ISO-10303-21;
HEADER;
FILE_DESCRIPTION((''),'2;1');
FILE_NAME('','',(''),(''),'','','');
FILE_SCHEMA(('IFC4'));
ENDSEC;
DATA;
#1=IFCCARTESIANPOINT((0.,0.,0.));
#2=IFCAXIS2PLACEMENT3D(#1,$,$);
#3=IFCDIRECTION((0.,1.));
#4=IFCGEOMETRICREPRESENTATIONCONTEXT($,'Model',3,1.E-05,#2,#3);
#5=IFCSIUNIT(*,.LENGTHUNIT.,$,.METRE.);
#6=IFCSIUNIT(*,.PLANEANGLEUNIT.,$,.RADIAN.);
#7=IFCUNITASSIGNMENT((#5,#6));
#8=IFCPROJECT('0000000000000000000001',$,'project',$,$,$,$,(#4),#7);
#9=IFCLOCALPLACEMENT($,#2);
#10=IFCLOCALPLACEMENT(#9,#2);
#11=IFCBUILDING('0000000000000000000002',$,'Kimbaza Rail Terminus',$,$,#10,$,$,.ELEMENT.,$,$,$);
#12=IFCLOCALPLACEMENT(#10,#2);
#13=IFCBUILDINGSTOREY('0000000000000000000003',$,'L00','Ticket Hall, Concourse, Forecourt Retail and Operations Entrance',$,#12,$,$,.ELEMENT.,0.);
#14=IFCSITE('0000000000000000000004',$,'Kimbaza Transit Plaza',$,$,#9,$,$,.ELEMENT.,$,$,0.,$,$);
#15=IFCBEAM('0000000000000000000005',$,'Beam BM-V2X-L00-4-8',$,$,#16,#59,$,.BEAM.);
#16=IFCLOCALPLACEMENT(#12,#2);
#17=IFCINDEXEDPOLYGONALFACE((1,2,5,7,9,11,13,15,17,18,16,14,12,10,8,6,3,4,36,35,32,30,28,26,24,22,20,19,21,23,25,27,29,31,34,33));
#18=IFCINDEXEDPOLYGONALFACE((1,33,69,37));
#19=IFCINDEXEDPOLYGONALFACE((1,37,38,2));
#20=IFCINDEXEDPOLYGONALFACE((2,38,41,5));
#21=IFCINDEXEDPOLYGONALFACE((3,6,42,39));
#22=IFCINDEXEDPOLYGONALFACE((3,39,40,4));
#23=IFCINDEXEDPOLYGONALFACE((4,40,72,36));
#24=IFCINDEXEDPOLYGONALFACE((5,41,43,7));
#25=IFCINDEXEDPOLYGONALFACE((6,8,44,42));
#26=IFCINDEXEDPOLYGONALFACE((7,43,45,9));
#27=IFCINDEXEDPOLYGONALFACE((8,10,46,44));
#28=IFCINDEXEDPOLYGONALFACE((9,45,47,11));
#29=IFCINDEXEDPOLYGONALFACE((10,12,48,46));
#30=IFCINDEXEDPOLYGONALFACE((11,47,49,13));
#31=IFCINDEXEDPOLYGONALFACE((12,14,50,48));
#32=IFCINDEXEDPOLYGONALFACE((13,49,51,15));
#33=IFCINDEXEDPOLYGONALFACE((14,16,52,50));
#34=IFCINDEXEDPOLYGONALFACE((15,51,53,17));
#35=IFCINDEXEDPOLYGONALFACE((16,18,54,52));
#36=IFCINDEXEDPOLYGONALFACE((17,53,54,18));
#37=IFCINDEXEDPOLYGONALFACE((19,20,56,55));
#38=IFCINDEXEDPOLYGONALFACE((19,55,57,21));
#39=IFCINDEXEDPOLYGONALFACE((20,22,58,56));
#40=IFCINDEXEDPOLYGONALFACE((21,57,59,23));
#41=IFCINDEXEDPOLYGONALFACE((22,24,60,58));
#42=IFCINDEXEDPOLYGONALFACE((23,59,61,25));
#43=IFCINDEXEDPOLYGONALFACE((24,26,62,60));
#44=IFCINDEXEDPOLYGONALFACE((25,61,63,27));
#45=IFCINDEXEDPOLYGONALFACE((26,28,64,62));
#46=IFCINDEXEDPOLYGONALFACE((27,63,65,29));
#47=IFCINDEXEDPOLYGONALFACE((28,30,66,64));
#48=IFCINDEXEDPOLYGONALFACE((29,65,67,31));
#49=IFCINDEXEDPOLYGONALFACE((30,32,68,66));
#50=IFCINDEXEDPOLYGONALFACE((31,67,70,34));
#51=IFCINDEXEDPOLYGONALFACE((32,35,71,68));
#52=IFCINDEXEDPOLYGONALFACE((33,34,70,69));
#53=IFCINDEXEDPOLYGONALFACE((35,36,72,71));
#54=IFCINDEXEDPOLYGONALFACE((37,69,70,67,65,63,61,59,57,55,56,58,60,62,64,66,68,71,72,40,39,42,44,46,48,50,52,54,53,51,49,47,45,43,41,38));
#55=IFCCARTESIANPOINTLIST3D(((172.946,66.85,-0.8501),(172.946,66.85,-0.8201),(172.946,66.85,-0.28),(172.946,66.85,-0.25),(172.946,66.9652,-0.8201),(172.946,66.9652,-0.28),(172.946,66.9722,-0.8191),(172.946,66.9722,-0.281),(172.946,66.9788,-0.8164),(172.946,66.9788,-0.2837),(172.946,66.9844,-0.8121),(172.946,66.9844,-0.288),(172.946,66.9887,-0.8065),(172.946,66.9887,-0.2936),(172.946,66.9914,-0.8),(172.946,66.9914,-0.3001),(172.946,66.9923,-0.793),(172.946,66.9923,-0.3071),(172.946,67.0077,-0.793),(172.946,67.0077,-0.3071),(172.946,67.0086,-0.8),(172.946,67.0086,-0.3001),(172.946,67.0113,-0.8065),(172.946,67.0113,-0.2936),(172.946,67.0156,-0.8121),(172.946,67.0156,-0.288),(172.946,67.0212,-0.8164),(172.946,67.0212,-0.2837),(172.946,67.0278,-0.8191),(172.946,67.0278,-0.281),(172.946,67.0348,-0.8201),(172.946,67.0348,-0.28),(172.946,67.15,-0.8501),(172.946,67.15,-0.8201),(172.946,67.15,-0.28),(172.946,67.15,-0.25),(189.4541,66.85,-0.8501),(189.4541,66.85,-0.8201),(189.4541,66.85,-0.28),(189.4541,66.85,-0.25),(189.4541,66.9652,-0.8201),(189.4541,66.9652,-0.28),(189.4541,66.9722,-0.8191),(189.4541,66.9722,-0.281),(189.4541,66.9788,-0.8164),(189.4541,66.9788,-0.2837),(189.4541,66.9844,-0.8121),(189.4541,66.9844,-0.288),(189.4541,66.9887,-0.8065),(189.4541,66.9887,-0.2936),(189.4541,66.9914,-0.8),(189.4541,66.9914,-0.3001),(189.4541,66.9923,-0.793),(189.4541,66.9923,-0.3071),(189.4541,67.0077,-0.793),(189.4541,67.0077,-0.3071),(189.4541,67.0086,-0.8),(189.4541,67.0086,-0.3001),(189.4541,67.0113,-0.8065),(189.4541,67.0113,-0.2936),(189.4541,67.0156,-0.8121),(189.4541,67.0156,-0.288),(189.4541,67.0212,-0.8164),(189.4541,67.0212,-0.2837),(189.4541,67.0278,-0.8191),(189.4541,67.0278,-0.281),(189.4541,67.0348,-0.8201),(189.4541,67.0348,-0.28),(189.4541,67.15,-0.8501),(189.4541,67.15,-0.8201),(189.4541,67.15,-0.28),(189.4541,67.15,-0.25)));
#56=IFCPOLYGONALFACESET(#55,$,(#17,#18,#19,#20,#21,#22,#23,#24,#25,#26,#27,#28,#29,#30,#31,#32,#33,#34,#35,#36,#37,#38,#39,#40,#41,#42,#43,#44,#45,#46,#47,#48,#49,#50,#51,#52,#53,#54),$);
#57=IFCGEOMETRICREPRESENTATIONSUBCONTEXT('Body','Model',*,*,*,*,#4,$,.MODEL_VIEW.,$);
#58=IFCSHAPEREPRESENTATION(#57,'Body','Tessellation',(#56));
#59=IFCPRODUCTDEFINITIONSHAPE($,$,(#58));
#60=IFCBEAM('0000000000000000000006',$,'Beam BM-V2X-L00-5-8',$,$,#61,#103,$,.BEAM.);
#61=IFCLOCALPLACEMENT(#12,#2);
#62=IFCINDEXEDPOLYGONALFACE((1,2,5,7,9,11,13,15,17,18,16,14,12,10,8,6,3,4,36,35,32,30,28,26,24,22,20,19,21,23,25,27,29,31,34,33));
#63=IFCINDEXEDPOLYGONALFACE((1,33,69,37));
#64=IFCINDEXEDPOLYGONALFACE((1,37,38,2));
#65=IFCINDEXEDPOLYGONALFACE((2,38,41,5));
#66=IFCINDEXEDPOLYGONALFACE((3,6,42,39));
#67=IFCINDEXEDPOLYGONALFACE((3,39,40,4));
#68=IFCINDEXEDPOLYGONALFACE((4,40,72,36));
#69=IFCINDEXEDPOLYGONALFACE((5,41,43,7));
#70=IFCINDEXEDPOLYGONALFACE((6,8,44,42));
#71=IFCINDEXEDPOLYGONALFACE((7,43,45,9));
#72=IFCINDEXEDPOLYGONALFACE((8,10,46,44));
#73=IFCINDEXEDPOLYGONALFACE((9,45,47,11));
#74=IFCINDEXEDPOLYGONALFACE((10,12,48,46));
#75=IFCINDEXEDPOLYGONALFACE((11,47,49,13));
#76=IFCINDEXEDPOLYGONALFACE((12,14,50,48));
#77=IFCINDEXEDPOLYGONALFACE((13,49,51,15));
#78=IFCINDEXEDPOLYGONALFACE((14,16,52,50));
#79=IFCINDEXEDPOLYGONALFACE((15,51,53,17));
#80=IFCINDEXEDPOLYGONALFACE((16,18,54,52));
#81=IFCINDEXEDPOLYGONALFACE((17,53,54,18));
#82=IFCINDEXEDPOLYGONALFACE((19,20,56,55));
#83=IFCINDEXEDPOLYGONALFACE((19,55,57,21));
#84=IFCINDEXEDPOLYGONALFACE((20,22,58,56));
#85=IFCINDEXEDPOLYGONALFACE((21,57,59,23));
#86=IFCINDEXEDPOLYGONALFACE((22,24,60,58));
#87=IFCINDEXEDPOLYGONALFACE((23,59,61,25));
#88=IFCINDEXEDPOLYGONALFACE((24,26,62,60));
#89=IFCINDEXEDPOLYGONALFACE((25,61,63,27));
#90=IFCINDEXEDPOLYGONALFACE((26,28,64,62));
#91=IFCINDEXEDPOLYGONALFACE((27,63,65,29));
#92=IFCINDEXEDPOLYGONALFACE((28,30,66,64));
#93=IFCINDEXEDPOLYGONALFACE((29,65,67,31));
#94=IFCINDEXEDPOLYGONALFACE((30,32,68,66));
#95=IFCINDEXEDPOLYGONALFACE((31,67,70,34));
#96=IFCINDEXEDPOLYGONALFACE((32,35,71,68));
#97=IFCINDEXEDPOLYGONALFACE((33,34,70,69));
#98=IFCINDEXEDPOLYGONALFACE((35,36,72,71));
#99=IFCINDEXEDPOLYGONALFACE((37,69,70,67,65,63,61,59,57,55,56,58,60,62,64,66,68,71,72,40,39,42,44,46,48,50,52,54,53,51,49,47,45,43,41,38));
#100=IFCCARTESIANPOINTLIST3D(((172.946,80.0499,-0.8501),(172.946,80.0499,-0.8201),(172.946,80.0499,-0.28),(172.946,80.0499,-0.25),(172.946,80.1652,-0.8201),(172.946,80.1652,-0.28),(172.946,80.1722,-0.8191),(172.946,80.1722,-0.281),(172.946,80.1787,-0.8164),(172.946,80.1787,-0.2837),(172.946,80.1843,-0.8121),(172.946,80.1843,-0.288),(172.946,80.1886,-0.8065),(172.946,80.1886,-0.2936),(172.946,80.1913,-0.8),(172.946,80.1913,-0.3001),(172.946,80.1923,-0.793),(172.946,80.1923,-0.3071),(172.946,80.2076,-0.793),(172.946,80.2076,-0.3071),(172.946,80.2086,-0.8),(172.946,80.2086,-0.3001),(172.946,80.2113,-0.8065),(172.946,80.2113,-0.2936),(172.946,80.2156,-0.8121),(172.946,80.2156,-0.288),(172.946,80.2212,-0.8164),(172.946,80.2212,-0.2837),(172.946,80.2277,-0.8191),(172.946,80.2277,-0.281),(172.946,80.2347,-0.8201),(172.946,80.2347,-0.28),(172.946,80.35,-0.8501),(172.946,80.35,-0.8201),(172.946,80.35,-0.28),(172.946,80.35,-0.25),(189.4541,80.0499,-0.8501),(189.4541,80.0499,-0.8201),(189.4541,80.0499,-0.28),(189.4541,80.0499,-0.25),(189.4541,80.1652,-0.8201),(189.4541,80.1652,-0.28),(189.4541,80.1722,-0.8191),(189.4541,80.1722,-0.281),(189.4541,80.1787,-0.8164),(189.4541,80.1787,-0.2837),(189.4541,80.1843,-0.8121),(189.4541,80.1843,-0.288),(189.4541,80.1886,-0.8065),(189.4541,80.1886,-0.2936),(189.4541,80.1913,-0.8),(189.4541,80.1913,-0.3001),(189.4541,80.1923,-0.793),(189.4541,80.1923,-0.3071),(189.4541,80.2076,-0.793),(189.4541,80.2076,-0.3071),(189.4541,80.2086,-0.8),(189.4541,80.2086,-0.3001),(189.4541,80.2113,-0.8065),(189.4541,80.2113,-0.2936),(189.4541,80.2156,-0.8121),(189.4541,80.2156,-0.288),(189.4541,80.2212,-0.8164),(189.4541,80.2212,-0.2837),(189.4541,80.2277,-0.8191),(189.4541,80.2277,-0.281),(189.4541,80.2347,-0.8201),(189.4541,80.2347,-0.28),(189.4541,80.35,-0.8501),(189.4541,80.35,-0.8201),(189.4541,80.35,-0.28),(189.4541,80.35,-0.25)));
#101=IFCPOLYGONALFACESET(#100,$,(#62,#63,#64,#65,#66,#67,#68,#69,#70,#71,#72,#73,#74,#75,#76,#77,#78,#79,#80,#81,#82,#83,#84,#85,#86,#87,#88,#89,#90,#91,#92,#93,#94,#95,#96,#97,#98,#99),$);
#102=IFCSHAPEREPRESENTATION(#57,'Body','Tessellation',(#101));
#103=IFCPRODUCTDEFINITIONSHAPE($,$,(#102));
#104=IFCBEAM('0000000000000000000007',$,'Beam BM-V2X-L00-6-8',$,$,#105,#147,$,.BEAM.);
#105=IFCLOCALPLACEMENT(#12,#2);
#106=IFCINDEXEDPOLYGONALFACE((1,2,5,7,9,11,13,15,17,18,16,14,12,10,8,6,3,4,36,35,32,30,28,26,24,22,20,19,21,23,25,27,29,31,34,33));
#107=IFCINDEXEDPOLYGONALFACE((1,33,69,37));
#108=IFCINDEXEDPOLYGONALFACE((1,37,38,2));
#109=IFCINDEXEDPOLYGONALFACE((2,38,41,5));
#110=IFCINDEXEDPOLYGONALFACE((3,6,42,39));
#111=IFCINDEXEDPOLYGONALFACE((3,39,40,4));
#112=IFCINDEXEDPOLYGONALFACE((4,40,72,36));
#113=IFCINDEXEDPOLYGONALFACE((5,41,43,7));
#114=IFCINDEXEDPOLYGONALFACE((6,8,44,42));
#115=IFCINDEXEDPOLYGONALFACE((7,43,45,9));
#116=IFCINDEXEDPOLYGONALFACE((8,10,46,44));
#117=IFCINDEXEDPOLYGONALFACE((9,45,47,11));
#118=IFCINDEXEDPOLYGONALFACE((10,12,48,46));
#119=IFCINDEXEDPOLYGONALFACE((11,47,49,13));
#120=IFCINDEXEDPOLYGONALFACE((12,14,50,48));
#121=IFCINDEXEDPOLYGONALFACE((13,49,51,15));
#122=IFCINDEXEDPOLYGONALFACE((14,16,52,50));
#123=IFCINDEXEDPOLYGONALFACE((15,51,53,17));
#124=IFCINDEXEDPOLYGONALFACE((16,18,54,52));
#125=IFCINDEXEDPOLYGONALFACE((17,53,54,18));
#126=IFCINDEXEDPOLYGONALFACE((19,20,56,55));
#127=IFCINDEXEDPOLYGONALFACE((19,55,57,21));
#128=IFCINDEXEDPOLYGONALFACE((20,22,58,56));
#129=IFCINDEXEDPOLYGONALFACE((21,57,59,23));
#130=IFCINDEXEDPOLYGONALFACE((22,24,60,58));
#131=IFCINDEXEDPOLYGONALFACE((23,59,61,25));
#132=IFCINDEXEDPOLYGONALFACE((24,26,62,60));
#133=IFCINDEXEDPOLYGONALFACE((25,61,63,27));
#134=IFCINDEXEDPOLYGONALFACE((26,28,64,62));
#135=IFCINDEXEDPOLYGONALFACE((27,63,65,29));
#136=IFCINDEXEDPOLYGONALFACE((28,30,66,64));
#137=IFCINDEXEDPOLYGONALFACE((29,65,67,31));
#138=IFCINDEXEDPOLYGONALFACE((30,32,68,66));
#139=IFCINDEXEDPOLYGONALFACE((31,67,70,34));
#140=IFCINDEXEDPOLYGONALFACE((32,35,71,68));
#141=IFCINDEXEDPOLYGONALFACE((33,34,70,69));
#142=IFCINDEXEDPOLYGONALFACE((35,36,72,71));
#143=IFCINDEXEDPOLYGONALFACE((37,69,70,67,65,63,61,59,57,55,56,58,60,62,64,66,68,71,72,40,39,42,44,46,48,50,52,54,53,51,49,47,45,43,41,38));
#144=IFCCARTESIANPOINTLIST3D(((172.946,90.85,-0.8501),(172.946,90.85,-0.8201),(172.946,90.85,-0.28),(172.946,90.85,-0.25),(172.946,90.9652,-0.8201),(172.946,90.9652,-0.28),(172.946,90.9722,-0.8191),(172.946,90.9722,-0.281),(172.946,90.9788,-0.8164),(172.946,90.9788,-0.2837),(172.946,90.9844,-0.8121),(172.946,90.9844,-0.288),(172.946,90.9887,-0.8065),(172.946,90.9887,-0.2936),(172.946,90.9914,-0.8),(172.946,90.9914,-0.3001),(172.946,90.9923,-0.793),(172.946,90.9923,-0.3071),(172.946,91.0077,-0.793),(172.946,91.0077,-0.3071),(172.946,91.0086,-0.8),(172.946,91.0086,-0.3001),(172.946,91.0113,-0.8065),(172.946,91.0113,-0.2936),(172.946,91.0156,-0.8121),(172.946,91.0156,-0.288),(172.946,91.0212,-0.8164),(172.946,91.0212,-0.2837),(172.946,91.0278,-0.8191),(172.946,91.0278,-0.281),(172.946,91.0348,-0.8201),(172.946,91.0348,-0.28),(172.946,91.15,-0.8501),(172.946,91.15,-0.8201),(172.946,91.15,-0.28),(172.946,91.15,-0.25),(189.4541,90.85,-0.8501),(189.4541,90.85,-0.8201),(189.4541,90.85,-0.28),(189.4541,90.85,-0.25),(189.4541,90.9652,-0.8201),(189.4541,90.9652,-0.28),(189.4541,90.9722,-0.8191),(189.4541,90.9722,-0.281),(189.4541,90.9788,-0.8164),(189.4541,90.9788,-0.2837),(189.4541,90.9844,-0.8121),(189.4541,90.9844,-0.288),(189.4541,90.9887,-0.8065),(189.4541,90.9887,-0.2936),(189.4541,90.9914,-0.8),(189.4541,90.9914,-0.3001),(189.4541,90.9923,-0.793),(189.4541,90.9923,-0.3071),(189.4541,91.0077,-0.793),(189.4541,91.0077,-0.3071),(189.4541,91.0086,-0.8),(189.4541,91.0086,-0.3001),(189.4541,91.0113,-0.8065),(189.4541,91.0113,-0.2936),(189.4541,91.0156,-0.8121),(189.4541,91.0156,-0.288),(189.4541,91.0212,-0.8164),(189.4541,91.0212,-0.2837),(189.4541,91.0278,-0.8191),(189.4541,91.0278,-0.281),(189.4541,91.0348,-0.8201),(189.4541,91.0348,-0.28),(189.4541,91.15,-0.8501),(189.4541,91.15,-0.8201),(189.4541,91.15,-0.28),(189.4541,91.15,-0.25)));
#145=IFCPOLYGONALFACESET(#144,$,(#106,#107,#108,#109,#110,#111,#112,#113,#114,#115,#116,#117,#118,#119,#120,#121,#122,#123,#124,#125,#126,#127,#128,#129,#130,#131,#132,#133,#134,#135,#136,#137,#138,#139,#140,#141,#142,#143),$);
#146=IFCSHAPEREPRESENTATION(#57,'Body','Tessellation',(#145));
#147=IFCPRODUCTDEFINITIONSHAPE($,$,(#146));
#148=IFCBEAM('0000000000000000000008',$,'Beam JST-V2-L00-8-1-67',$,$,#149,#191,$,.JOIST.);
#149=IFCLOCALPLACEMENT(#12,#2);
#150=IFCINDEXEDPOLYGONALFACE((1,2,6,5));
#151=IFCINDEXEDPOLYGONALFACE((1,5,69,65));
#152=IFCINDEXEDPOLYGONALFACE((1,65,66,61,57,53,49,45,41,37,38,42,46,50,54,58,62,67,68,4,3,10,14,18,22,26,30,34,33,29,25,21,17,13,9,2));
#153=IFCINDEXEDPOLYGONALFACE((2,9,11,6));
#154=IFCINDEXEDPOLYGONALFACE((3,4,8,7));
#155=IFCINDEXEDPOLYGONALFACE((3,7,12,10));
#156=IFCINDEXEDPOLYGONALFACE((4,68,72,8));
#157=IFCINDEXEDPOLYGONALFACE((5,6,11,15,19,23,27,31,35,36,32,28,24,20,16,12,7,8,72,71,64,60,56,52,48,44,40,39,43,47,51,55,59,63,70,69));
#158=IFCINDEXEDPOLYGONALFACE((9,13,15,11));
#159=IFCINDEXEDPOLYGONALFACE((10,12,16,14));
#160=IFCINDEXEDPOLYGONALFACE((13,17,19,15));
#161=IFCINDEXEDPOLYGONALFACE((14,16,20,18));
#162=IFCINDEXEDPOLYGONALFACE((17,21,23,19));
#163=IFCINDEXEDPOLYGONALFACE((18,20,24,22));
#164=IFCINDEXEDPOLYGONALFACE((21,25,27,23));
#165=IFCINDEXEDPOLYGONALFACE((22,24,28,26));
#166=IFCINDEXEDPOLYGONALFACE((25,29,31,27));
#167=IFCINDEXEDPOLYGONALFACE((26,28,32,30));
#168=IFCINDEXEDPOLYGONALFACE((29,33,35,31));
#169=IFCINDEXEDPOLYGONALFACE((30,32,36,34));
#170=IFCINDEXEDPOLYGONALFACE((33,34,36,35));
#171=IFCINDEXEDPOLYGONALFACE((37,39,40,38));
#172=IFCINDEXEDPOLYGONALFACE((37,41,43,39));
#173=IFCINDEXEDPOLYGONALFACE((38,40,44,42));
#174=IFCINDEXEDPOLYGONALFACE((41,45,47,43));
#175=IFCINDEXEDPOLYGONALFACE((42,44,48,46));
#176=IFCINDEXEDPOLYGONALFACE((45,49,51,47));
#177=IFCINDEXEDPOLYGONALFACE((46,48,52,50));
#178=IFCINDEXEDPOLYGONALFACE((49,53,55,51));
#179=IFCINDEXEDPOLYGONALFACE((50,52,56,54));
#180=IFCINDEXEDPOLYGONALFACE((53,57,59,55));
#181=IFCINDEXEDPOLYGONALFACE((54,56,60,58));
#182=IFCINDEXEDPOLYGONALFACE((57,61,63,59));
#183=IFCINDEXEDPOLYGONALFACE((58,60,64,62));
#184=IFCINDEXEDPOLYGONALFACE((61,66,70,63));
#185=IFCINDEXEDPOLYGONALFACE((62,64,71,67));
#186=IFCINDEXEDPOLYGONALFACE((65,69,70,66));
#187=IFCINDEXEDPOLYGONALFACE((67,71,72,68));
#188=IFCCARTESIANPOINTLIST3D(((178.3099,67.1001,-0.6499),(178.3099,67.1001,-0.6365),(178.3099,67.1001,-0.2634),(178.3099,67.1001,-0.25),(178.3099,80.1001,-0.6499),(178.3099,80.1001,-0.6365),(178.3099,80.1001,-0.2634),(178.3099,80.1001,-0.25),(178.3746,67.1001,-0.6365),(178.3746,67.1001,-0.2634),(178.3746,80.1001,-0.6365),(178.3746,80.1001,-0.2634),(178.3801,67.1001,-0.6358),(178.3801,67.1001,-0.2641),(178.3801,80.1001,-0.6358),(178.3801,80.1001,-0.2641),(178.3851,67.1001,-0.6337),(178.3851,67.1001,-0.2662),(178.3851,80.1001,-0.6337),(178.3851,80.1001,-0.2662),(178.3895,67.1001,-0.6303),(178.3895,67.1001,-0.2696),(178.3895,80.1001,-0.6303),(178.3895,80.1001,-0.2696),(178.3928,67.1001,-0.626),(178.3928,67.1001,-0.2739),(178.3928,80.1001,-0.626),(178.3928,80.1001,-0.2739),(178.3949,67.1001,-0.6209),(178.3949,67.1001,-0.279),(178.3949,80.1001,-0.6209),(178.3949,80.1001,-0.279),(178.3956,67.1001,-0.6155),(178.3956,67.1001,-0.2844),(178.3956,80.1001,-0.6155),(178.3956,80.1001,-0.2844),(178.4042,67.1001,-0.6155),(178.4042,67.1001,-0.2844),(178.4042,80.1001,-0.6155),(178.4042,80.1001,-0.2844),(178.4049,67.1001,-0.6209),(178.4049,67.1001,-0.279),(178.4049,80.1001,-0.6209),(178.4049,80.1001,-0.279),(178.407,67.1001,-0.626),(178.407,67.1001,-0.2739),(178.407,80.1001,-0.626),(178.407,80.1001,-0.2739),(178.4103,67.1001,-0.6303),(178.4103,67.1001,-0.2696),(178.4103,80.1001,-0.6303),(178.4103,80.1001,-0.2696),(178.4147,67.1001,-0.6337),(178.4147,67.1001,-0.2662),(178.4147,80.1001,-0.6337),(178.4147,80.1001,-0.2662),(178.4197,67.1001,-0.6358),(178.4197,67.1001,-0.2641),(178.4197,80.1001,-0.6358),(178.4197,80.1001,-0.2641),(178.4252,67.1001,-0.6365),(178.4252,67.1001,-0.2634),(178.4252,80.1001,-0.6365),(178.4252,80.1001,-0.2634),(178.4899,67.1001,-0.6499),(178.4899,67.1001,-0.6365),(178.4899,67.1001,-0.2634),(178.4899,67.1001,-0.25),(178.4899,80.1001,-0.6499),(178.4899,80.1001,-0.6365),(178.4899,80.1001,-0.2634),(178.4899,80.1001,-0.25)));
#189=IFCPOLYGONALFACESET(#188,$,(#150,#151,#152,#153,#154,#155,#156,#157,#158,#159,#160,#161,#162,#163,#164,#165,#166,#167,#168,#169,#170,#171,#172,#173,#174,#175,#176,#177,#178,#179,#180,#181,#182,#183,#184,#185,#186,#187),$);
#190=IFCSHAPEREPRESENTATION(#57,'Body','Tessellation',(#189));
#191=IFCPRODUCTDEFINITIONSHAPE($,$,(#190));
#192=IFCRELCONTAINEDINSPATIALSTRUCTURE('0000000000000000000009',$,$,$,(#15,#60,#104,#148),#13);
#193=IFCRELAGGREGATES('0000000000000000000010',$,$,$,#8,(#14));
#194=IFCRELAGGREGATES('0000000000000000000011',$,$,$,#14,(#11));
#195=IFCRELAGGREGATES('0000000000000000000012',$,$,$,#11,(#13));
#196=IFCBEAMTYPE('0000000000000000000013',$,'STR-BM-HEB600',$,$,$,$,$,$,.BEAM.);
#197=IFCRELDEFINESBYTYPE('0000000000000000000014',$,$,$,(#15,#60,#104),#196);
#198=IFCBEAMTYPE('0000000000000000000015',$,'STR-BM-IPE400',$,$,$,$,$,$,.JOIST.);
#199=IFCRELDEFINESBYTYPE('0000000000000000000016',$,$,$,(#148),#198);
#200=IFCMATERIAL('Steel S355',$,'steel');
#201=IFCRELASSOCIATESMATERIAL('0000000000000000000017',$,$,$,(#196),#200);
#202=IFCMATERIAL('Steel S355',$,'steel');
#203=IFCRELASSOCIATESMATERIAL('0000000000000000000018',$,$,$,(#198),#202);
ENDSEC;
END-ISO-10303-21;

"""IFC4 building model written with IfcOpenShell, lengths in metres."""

from ifc_helpers import new_model, si_unit, direction, frame, origin, origin_2d, place, context, subcontext, project, spatial, i_section, extrude, material, material_profile, profile_set, type_object, element, save


model = new_model("IFC4")

# Units and contexts
model_context = context("Model", 3, precision=1e-05, world=origin(), true_north=direction((0.0, 1.0)))
body_context = subcontext(model_context, "Body", "Model", "MODEL_VIEW")
ifc_project = project(units=[si_unit("LENGTHUNIT", "METRE"), si_unit("PLANEANGLEUNIT", "RADIAN")], contexts=[model_context])

# Site, building, storey
site_placement = place(None, origin())
site = spatial("IfcSite", under=ifc_project, at=site_placement, Name="Kimbaza Transit Plaza", CompositionType="ELEMENT", RefElevation=0.0)
building_placement = place(site_placement, origin())
building = spatial("IfcBuilding", under=site, at=building_placement, Name="Kimbaza Rail Terminus", CompositionType="ELEMENT")
storey_placement = place(building_placement, origin())
storey = spatial("IfcBuildingStorey", under=building, at=storey_placement, Name="L00", Description="Ticket Hall, Concourse, Forecourt Retail and Operations Entrance", CompositionType="ELEMENT", Elevation=0.0)

# Beams
ifc_material_1 = material(Name="Steel S355", Category="steel")
ifc_material_profile_1 = material_profile(ifc_material_1, i_section(OverallWidth=0.3, OverallDepth=0.6001, WebThickness=0.0154, FlangeThickness=0.03, FilletRadius=0.0271, at=origin_2d()), Name="HEB 600")
ifc_profile_set_1 = profile_set([ifc_material_profile_1], Name="Steel S355")
beam_type_1 = type_object("IfcBeamType", Name="STR-BM-HEB600", PredefinedType="BEAM", material=ifc_profile_set_1)
for number, where, z_axis, x_axis, name in (
    (1, (172.946, 67.0, -0.55), (1.0, 0.0, 0.0), (0.0, 1.0, 0.0), "Beam BM-V2X-L00-4-8"),
    (2, (172.946, 80.2, -0.55), (1.0, 0.0, 0.0), (0.0, 1.0, 0.0), "Beam BM-V2X-L00-5-8"),
    (3, (172.946, 91.0, -0.55), (1.0, 0.0, 0.0), (0.0, 1.0, 0.0), "Beam BM-V2X-L00-6-8"),
):
    element("IfcBeam", number, at=place(storey_placement, frame(where, z_axis=z_axis, x_axis=x_axis)), inside=storey, type_object=beam_type_1, Name=name, PredefinedType="BEAM", context=body_context, shape_type="SweptSolid", body=[
        extrude(i_section(OverallWidth=0.3, OverallDepth=0.6001, WebThickness=0.0154, FlangeThickness=0.03, FilletRadius=0.0271, at=origin_2d()), origin(), (0.0, 0.0, 1.0), 16.5081),
    ])
ifc_material_2 = material(Name="Steel S355", Category="steel")
ifc_material_profile_2 = material_profile(ifc_material_2, i_section(OverallWidth=0.1799, OverallDepth=0.3999, WebThickness=0.0085, FlangeThickness=0.0134, FilletRadius=0.021, at=origin_2d()), Name="IPE 400")
ifc_profile_set_2 = profile_set([ifc_material_profile_2], Name="Steel S355")
beam_type_2 = type_object("IfcBeamType", Name="STR-BM-IPE400", PredefinedType="JOIST", material=ifc_profile_set_2)
beam_1_placement = place(storey_placement, frame((178.3999, 67.1001, -0.45), z_axis=(0.0, 1.0, 0.0), x_axis=(-1.0, 0.0, 0.0)))
element("IfcBeam", 4, at=beam_1_placement, inside=storey, type_object=beam_type_2, Name="Beam JST-V2-L00-8-1-67", PredefinedType="JOIST", context=body_context, shape_type="SweptSolid", body=[
    extrude(i_section(OverallWidth=0.1799, OverallDepth=0.3999, WebThickness=0.0085, FlangeThickness=0.0134, FilletRadius=0.021, at=origin_2d()), origin(), (0.0, 0.0, 1.0), 13.0),
])

save(model, "model.ifc")
